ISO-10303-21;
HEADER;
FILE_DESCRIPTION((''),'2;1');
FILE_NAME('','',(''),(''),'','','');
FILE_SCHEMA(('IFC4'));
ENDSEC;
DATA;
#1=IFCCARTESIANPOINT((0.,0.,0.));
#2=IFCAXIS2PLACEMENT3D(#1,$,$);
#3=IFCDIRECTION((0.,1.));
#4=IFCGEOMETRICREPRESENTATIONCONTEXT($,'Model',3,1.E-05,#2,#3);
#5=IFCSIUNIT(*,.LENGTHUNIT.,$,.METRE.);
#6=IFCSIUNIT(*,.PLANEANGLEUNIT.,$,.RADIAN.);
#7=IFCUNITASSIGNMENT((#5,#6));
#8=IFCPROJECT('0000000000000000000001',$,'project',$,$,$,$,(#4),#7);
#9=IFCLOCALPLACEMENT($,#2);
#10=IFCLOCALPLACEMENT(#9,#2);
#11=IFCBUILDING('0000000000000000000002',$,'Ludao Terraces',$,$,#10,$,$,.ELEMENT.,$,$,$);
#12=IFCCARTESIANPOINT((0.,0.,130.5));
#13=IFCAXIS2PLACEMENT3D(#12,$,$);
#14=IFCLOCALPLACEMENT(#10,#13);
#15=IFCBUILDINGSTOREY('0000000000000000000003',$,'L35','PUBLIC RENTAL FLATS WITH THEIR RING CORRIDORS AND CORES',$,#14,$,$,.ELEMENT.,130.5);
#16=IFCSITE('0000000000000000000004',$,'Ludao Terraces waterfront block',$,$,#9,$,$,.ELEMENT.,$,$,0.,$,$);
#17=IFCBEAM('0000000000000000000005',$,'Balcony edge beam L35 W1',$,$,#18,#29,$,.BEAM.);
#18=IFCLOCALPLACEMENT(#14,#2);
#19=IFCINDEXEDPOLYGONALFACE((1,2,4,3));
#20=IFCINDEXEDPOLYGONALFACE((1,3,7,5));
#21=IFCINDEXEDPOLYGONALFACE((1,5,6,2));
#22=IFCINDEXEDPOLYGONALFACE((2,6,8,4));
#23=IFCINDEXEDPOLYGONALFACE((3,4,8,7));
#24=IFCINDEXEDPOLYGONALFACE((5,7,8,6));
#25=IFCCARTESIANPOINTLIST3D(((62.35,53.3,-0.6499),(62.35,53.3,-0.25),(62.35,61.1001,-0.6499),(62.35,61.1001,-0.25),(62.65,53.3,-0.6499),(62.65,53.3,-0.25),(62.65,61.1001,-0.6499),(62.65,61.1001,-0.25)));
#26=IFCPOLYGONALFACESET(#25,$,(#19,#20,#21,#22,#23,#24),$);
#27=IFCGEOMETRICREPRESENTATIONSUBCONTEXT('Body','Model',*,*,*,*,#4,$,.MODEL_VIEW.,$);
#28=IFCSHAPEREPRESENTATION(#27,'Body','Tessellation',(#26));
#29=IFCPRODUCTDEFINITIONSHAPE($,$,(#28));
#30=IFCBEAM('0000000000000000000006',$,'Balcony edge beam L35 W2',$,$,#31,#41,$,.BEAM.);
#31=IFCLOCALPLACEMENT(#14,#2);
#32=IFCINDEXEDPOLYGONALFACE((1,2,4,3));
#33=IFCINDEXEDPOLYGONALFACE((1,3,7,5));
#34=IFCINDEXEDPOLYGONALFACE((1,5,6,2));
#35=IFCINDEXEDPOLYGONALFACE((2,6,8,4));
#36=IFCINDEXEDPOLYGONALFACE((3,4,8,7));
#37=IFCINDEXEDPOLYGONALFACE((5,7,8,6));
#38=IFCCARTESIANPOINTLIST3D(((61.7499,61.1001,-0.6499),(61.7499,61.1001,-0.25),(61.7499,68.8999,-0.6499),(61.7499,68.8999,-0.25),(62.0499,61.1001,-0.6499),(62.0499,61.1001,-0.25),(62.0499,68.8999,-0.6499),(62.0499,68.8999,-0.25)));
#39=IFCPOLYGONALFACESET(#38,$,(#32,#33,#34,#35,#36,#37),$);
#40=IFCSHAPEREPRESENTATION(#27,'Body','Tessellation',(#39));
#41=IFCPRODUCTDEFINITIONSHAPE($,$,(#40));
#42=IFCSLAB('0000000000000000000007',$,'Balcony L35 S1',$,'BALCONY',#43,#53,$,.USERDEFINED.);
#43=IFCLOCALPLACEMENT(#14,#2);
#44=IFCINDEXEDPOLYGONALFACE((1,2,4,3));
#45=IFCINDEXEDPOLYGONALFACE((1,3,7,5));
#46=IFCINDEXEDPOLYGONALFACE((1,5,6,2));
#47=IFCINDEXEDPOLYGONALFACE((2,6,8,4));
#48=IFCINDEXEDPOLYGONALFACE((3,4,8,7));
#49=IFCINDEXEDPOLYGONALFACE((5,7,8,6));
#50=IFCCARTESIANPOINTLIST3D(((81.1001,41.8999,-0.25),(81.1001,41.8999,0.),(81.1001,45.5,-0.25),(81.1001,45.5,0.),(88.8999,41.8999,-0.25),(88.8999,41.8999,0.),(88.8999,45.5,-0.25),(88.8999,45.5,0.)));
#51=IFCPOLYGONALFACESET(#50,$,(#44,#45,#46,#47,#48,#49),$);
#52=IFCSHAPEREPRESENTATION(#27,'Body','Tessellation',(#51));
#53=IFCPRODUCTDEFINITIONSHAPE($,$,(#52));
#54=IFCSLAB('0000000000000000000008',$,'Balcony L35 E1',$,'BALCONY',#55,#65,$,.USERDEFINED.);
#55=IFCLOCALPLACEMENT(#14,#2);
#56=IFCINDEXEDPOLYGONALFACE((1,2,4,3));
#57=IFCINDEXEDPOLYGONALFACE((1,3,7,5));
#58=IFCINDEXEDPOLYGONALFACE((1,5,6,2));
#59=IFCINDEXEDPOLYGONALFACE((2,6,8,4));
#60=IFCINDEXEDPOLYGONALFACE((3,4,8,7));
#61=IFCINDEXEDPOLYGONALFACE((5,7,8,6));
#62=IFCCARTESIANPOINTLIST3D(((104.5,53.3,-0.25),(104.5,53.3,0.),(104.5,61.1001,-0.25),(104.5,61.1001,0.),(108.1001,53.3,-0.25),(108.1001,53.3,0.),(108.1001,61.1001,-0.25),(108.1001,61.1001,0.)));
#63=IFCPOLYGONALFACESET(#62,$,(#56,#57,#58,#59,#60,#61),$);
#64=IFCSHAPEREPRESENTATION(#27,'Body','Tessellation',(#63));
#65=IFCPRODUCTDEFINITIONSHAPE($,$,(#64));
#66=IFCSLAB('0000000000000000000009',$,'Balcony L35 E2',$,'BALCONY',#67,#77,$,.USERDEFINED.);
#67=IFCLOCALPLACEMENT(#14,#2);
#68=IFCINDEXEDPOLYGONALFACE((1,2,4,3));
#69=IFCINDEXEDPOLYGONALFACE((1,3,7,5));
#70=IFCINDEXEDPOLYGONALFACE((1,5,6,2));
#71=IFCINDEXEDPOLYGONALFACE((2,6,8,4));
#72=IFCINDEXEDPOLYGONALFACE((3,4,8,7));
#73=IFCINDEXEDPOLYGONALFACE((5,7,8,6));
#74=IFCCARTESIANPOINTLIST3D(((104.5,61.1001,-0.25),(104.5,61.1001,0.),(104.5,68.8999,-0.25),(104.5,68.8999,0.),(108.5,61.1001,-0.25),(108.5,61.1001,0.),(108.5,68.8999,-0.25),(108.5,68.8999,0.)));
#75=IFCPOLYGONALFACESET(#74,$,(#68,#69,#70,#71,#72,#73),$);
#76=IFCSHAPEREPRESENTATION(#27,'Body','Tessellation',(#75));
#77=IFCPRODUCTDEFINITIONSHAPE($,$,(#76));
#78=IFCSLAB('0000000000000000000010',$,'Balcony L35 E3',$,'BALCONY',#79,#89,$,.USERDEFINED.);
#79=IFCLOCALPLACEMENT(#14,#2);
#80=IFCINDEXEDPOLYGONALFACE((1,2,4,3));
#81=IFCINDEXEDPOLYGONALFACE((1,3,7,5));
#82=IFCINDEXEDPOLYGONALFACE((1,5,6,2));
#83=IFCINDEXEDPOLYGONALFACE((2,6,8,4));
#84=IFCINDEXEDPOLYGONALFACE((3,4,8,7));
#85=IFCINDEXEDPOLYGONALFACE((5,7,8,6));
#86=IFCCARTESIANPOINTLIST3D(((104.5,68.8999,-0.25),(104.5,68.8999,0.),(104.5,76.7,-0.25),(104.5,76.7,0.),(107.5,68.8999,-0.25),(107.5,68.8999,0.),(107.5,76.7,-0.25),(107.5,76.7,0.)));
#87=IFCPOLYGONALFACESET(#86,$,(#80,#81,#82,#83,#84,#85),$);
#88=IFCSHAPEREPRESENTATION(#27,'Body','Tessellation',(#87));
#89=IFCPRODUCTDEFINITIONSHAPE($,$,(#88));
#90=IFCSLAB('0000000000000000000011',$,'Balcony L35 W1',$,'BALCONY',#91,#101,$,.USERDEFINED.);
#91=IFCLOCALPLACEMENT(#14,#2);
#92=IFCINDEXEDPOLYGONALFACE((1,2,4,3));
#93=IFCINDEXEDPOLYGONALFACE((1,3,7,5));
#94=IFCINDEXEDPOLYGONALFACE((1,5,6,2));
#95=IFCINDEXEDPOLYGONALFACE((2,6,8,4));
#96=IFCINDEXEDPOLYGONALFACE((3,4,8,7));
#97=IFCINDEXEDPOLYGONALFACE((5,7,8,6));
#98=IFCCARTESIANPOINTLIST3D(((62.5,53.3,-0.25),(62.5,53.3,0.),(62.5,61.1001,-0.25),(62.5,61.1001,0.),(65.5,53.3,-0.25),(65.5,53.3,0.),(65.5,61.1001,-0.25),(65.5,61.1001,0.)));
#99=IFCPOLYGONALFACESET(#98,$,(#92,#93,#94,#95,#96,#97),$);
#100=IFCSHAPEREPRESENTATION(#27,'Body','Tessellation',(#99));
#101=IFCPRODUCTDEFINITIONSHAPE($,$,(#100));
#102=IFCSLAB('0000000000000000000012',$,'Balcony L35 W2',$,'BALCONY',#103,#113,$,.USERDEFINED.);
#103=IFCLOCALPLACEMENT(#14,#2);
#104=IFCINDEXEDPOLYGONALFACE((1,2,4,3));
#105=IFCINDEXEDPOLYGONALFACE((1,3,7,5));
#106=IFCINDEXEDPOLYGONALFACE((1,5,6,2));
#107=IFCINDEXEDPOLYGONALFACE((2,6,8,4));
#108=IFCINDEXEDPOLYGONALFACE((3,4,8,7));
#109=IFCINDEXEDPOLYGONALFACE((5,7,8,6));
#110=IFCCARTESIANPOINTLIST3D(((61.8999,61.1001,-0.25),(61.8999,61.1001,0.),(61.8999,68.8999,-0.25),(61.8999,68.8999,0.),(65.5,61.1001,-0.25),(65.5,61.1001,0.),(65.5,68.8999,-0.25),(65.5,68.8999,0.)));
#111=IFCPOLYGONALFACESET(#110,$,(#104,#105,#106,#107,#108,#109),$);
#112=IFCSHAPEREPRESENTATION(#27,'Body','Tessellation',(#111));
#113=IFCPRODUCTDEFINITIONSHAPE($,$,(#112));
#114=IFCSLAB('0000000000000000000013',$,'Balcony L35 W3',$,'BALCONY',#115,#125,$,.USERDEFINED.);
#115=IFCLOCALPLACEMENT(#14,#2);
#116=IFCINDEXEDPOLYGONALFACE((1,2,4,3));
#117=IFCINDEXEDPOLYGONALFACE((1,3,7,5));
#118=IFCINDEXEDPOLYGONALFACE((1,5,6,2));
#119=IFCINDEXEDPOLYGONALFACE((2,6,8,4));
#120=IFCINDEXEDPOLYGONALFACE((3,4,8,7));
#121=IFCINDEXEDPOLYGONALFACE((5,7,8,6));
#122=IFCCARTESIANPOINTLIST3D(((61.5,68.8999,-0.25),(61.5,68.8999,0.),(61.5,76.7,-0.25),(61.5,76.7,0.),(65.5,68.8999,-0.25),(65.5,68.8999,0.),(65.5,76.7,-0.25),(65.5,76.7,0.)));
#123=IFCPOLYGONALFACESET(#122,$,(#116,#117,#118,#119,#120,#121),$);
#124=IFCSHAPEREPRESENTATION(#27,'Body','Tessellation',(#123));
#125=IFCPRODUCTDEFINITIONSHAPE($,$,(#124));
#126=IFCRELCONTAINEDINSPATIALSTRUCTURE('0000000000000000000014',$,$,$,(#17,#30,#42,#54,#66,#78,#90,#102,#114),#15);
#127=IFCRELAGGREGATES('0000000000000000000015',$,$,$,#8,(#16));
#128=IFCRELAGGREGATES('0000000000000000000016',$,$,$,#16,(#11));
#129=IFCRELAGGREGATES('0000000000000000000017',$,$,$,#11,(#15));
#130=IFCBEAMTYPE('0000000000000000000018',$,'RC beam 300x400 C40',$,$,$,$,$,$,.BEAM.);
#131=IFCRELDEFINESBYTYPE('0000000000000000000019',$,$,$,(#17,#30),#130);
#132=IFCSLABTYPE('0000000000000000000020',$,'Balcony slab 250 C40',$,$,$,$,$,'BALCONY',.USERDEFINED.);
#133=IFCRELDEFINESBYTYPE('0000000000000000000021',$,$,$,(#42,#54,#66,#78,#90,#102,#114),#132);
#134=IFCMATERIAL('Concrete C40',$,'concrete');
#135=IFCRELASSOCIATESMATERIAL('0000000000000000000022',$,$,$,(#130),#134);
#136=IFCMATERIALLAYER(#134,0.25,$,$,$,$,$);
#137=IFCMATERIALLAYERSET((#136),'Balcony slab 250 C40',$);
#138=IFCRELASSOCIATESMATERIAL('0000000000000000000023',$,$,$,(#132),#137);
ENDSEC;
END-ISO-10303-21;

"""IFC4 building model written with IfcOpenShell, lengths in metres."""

from ifc_helpers import new_model, si_unit, direction, frame, origin, origin_2d, place, context, subcontext, project, spatial, polyline, rectangle, outline, extrude, material, layer, layer_set, material_profile, profile_set, type_object, element, save


model = new_model("IFC4")

# Units and contexts
model_context = context("Model", 3, precision=1e-05, world=origin(), true_north=direction((0.0, 1.0)))
body_context = subcontext(model_context, "Body", "Model", "MODEL_VIEW")
ifc_project = project(units=[si_unit("LENGTHUNIT", "METRE"), si_unit("PLANEANGLEUNIT", "RADIAN")], contexts=[model_context])

# Site, building, storey
site_placement = place(None, origin())
site = spatial("IfcSite", under=ifc_project, at=site_placement, Name="Ludao Terraces waterfront block", CompositionType="ELEMENT", RefElevation=0.0)
building_placement = place(site_placement, origin())
building = spatial("IfcBuilding", under=site, at=building_placement, Name="Ludao Terraces", CompositionType="ELEMENT")
storey_placement = place(building_placement, frame((0.0, 0.0, 130.5)))
storey = spatial("IfcBuildingStorey", under=building, at=storey_placement, Name="L35", Description="PUBLIC RENTAL FLATS WITH THEIR RING CORRIDORS AND CORES", CompositionType="ELEMENT", Elevation=130.5)

# Beams
ifc_material_1 = material(Name="Concrete C40", Category="concrete")
ifc_material_profile = material_profile(ifc_material_1, rectangle(XDim=0.3, YDim=0.3999, at=origin_2d()), Name="300 X 400")
ifc_profile_set = profile_set([ifc_material_profile], Name="Concrete C40")
beam_type = type_object("IfcBeamType", Name="RC beam 300x400 C40", PredefinedType="BEAM", material=ifc_profile_set)
beam_1_placement = place(storey_placement, frame((62.5, 53.3, -0.45), z_axis=(0.0, 1.0, 0.0), x_axis=(-1.0, 0.0, 0.0)))
element("IfcBeam", 1, at=beam_1_placement, inside=storey, type_object=beam_type, Name="Balcony edge beam L35 W1", PredefinedType="BEAM", context=body_context, shape_type="SweptSolid", body=[
    extrude(rectangle(XDim=0.3, YDim=0.3999, at=origin_2d()), origin(), (0.0, 0.0, 1.0), 7.8),
])
beam_2_placement = place(storey_placement, frame((61.8999, 61.1001, -0.45), z_axis=(0.0, 1.0, 0.0), x_axis=(-1.0, 0.0, 0.0)))
element("IfcBeam", 2, at=beam_2_placement, inside=storey, type_object=beam_type, Name="Balcony edge beam L35 W2", PredefinedType="BEAM", context=body_context, shape_type="SweptSolid", body=[
    extrude(rectangle(XDim=0.3, YDim=0.3999, at=origin_2d()), origin(), (0.0, 0.0, 1.0), 7.7998),
])

# Slabs
ifc_layer_1 = layer(ifc_material_1, 0.25)
ifc_layer_set_1 = layer_set([ifc_layer_1], Name="Balcony slab 250 C40")
slab_type_1 = type_object("IfcSlabType", Name="Balcony slab 250 C40", ElementType="BALCONY", PredefinedType="USERDEFINED", material=ifc_layer_set_1)
slab_1_placement = place(storey_placement, frame((0.0, 0.0, -0.25)))
element("IfcSlab", 3, at=slab_1_placement, inside=storey, type_object=slab_type_1, Name="Balcony L35 S1", ObjectType="BALCONY", PredefinedType="USERDEFINED", context=body_context, shape_type="SweptSolid", body=[
    extrude(outline(polyline([(81.1001, 41.8999), (88.8999, 41.8999), (88.8999, 45.5), (81.1001, 45.5), (81.1001, 41.8999)])), origin(), (0.0, 0.0, 1.0), 0.25),
])
slab_2_placement = place(storey_placement, frame((0.0, 0.0, -0.25)))
element("IfcSlab", 4, at=slab_2_placement, inside=storey, type_object=slab_type_1, Name="Balcony L35 E1", ObjectType="BALCONY", PredefinedType="USERDEFINED", context=body_context, shape_type="SweptSolid", body=[
    extrude(outline(polyline([(104.5, 53.3), (108.1001, 53.3), (108.1001, 61.1001), (104.5, 61.1001), (104.5, 53.3)])), origin(), (0.0, 0.0, 1.0), 0.25),
])
slab_3_placement = place(storey_placement, frame((0.0, 0.0, -0.25)))
element("IfcSlab", 5, at=slab_3_placement, inside=storey, type_object=slab_type_1, Name="Balcony L35 E2", ObjectType="BALCONY", PredefinedType="USERDEFINED", context=body_context, shape_type="SweptSolid", body=[
    extrude(outline(polyline([(104.5, 61.1001), (108.5, 61.1001), (108.5, 68.8999), (104.5, 68.8999), (104.5, 61.1001)])), origin(), (0.0, 0.0, 1.0), 0.25),
])
slab_4_placement = place(storey_placement, frame((0.0, 0.0, -0.25)))
element("IfcSlab", 6, at=slab_4_placement, inside=storey, type_object=slab_type_1, Name="Balcony L35 E3", ObjectType="BALCONY", PredefinedType="USERDEFINED", context=body_context, shape_type="SweptSolid", body=[
    extrude(outline(polyline([(104.5, 68.8999), (107.5, 68.8999), (107.5, 76.7), (104.5, 76.7), (104.5, 68.8999)])), origin(), (0.0, 0.0, 1.0), 0.25),
])
slab_5_placement = place(storey_placement, frame((0.0, 0.0, -0.25)))
element("IfcSlab", 7, at=slab_5_placement, inside=storey, type_object=slab_type_1, Name="Balcony L35 W1", ObjectType="BALCONY", PredefinedType="USERDEFINED", context=body_context, shape_type="SweptSolid", body=[
    extrude(outline(polyline([(62.5, 53.3), (65.5, 53.3), (65.5, 61.1001), (62.5, 61.1001), (62.5, 53.3)])), origin(), (0.0, 0.0, 1.0), 0.25),
])
slab_6_placement = place(storey_placement, frame((0.0, 0.0, -0.25)))
element("IfcSlab", 8, at=slab_6_placement, inside=storey, type_object=slab_type_1, Name="Balcony L35 W2", ObjectType="BALCONY", PredefinedType="USERDEFINED", context=body_context, shape_type="SweptSolid", body=[
    extrude(outline(polyline([(61.8999, 61.1001), (65.5, 61.1001), (65.5, 68.8999), (61.8999, 68.8999), (61.8999, 61.1001)])), origin(), (0.0, 0.0, 1.0), 0.25),
])
slab_7_placement = place(storey_placement, frame((0.0, 0.0, -0.25)))
element("IfcSlab", 9, at=slab_7_placement, inside=storey, type_object=slab_type_1, Name="Balcony L35 W3", ObjectType="BALCONY", PredefinedType="USERDEFINED", context=body_context, shape_type="SweptSolid", body=[
    extrude(outline(polyline([(61.5, 68.8999), (65.5, 68.8999), (65.5, 76.7), (61.5, 76.7), (61.5, 68.8999)])), origin(), (0.0, 0.0, 1.0), 0.25),
])

save(model, "model.ifc")
